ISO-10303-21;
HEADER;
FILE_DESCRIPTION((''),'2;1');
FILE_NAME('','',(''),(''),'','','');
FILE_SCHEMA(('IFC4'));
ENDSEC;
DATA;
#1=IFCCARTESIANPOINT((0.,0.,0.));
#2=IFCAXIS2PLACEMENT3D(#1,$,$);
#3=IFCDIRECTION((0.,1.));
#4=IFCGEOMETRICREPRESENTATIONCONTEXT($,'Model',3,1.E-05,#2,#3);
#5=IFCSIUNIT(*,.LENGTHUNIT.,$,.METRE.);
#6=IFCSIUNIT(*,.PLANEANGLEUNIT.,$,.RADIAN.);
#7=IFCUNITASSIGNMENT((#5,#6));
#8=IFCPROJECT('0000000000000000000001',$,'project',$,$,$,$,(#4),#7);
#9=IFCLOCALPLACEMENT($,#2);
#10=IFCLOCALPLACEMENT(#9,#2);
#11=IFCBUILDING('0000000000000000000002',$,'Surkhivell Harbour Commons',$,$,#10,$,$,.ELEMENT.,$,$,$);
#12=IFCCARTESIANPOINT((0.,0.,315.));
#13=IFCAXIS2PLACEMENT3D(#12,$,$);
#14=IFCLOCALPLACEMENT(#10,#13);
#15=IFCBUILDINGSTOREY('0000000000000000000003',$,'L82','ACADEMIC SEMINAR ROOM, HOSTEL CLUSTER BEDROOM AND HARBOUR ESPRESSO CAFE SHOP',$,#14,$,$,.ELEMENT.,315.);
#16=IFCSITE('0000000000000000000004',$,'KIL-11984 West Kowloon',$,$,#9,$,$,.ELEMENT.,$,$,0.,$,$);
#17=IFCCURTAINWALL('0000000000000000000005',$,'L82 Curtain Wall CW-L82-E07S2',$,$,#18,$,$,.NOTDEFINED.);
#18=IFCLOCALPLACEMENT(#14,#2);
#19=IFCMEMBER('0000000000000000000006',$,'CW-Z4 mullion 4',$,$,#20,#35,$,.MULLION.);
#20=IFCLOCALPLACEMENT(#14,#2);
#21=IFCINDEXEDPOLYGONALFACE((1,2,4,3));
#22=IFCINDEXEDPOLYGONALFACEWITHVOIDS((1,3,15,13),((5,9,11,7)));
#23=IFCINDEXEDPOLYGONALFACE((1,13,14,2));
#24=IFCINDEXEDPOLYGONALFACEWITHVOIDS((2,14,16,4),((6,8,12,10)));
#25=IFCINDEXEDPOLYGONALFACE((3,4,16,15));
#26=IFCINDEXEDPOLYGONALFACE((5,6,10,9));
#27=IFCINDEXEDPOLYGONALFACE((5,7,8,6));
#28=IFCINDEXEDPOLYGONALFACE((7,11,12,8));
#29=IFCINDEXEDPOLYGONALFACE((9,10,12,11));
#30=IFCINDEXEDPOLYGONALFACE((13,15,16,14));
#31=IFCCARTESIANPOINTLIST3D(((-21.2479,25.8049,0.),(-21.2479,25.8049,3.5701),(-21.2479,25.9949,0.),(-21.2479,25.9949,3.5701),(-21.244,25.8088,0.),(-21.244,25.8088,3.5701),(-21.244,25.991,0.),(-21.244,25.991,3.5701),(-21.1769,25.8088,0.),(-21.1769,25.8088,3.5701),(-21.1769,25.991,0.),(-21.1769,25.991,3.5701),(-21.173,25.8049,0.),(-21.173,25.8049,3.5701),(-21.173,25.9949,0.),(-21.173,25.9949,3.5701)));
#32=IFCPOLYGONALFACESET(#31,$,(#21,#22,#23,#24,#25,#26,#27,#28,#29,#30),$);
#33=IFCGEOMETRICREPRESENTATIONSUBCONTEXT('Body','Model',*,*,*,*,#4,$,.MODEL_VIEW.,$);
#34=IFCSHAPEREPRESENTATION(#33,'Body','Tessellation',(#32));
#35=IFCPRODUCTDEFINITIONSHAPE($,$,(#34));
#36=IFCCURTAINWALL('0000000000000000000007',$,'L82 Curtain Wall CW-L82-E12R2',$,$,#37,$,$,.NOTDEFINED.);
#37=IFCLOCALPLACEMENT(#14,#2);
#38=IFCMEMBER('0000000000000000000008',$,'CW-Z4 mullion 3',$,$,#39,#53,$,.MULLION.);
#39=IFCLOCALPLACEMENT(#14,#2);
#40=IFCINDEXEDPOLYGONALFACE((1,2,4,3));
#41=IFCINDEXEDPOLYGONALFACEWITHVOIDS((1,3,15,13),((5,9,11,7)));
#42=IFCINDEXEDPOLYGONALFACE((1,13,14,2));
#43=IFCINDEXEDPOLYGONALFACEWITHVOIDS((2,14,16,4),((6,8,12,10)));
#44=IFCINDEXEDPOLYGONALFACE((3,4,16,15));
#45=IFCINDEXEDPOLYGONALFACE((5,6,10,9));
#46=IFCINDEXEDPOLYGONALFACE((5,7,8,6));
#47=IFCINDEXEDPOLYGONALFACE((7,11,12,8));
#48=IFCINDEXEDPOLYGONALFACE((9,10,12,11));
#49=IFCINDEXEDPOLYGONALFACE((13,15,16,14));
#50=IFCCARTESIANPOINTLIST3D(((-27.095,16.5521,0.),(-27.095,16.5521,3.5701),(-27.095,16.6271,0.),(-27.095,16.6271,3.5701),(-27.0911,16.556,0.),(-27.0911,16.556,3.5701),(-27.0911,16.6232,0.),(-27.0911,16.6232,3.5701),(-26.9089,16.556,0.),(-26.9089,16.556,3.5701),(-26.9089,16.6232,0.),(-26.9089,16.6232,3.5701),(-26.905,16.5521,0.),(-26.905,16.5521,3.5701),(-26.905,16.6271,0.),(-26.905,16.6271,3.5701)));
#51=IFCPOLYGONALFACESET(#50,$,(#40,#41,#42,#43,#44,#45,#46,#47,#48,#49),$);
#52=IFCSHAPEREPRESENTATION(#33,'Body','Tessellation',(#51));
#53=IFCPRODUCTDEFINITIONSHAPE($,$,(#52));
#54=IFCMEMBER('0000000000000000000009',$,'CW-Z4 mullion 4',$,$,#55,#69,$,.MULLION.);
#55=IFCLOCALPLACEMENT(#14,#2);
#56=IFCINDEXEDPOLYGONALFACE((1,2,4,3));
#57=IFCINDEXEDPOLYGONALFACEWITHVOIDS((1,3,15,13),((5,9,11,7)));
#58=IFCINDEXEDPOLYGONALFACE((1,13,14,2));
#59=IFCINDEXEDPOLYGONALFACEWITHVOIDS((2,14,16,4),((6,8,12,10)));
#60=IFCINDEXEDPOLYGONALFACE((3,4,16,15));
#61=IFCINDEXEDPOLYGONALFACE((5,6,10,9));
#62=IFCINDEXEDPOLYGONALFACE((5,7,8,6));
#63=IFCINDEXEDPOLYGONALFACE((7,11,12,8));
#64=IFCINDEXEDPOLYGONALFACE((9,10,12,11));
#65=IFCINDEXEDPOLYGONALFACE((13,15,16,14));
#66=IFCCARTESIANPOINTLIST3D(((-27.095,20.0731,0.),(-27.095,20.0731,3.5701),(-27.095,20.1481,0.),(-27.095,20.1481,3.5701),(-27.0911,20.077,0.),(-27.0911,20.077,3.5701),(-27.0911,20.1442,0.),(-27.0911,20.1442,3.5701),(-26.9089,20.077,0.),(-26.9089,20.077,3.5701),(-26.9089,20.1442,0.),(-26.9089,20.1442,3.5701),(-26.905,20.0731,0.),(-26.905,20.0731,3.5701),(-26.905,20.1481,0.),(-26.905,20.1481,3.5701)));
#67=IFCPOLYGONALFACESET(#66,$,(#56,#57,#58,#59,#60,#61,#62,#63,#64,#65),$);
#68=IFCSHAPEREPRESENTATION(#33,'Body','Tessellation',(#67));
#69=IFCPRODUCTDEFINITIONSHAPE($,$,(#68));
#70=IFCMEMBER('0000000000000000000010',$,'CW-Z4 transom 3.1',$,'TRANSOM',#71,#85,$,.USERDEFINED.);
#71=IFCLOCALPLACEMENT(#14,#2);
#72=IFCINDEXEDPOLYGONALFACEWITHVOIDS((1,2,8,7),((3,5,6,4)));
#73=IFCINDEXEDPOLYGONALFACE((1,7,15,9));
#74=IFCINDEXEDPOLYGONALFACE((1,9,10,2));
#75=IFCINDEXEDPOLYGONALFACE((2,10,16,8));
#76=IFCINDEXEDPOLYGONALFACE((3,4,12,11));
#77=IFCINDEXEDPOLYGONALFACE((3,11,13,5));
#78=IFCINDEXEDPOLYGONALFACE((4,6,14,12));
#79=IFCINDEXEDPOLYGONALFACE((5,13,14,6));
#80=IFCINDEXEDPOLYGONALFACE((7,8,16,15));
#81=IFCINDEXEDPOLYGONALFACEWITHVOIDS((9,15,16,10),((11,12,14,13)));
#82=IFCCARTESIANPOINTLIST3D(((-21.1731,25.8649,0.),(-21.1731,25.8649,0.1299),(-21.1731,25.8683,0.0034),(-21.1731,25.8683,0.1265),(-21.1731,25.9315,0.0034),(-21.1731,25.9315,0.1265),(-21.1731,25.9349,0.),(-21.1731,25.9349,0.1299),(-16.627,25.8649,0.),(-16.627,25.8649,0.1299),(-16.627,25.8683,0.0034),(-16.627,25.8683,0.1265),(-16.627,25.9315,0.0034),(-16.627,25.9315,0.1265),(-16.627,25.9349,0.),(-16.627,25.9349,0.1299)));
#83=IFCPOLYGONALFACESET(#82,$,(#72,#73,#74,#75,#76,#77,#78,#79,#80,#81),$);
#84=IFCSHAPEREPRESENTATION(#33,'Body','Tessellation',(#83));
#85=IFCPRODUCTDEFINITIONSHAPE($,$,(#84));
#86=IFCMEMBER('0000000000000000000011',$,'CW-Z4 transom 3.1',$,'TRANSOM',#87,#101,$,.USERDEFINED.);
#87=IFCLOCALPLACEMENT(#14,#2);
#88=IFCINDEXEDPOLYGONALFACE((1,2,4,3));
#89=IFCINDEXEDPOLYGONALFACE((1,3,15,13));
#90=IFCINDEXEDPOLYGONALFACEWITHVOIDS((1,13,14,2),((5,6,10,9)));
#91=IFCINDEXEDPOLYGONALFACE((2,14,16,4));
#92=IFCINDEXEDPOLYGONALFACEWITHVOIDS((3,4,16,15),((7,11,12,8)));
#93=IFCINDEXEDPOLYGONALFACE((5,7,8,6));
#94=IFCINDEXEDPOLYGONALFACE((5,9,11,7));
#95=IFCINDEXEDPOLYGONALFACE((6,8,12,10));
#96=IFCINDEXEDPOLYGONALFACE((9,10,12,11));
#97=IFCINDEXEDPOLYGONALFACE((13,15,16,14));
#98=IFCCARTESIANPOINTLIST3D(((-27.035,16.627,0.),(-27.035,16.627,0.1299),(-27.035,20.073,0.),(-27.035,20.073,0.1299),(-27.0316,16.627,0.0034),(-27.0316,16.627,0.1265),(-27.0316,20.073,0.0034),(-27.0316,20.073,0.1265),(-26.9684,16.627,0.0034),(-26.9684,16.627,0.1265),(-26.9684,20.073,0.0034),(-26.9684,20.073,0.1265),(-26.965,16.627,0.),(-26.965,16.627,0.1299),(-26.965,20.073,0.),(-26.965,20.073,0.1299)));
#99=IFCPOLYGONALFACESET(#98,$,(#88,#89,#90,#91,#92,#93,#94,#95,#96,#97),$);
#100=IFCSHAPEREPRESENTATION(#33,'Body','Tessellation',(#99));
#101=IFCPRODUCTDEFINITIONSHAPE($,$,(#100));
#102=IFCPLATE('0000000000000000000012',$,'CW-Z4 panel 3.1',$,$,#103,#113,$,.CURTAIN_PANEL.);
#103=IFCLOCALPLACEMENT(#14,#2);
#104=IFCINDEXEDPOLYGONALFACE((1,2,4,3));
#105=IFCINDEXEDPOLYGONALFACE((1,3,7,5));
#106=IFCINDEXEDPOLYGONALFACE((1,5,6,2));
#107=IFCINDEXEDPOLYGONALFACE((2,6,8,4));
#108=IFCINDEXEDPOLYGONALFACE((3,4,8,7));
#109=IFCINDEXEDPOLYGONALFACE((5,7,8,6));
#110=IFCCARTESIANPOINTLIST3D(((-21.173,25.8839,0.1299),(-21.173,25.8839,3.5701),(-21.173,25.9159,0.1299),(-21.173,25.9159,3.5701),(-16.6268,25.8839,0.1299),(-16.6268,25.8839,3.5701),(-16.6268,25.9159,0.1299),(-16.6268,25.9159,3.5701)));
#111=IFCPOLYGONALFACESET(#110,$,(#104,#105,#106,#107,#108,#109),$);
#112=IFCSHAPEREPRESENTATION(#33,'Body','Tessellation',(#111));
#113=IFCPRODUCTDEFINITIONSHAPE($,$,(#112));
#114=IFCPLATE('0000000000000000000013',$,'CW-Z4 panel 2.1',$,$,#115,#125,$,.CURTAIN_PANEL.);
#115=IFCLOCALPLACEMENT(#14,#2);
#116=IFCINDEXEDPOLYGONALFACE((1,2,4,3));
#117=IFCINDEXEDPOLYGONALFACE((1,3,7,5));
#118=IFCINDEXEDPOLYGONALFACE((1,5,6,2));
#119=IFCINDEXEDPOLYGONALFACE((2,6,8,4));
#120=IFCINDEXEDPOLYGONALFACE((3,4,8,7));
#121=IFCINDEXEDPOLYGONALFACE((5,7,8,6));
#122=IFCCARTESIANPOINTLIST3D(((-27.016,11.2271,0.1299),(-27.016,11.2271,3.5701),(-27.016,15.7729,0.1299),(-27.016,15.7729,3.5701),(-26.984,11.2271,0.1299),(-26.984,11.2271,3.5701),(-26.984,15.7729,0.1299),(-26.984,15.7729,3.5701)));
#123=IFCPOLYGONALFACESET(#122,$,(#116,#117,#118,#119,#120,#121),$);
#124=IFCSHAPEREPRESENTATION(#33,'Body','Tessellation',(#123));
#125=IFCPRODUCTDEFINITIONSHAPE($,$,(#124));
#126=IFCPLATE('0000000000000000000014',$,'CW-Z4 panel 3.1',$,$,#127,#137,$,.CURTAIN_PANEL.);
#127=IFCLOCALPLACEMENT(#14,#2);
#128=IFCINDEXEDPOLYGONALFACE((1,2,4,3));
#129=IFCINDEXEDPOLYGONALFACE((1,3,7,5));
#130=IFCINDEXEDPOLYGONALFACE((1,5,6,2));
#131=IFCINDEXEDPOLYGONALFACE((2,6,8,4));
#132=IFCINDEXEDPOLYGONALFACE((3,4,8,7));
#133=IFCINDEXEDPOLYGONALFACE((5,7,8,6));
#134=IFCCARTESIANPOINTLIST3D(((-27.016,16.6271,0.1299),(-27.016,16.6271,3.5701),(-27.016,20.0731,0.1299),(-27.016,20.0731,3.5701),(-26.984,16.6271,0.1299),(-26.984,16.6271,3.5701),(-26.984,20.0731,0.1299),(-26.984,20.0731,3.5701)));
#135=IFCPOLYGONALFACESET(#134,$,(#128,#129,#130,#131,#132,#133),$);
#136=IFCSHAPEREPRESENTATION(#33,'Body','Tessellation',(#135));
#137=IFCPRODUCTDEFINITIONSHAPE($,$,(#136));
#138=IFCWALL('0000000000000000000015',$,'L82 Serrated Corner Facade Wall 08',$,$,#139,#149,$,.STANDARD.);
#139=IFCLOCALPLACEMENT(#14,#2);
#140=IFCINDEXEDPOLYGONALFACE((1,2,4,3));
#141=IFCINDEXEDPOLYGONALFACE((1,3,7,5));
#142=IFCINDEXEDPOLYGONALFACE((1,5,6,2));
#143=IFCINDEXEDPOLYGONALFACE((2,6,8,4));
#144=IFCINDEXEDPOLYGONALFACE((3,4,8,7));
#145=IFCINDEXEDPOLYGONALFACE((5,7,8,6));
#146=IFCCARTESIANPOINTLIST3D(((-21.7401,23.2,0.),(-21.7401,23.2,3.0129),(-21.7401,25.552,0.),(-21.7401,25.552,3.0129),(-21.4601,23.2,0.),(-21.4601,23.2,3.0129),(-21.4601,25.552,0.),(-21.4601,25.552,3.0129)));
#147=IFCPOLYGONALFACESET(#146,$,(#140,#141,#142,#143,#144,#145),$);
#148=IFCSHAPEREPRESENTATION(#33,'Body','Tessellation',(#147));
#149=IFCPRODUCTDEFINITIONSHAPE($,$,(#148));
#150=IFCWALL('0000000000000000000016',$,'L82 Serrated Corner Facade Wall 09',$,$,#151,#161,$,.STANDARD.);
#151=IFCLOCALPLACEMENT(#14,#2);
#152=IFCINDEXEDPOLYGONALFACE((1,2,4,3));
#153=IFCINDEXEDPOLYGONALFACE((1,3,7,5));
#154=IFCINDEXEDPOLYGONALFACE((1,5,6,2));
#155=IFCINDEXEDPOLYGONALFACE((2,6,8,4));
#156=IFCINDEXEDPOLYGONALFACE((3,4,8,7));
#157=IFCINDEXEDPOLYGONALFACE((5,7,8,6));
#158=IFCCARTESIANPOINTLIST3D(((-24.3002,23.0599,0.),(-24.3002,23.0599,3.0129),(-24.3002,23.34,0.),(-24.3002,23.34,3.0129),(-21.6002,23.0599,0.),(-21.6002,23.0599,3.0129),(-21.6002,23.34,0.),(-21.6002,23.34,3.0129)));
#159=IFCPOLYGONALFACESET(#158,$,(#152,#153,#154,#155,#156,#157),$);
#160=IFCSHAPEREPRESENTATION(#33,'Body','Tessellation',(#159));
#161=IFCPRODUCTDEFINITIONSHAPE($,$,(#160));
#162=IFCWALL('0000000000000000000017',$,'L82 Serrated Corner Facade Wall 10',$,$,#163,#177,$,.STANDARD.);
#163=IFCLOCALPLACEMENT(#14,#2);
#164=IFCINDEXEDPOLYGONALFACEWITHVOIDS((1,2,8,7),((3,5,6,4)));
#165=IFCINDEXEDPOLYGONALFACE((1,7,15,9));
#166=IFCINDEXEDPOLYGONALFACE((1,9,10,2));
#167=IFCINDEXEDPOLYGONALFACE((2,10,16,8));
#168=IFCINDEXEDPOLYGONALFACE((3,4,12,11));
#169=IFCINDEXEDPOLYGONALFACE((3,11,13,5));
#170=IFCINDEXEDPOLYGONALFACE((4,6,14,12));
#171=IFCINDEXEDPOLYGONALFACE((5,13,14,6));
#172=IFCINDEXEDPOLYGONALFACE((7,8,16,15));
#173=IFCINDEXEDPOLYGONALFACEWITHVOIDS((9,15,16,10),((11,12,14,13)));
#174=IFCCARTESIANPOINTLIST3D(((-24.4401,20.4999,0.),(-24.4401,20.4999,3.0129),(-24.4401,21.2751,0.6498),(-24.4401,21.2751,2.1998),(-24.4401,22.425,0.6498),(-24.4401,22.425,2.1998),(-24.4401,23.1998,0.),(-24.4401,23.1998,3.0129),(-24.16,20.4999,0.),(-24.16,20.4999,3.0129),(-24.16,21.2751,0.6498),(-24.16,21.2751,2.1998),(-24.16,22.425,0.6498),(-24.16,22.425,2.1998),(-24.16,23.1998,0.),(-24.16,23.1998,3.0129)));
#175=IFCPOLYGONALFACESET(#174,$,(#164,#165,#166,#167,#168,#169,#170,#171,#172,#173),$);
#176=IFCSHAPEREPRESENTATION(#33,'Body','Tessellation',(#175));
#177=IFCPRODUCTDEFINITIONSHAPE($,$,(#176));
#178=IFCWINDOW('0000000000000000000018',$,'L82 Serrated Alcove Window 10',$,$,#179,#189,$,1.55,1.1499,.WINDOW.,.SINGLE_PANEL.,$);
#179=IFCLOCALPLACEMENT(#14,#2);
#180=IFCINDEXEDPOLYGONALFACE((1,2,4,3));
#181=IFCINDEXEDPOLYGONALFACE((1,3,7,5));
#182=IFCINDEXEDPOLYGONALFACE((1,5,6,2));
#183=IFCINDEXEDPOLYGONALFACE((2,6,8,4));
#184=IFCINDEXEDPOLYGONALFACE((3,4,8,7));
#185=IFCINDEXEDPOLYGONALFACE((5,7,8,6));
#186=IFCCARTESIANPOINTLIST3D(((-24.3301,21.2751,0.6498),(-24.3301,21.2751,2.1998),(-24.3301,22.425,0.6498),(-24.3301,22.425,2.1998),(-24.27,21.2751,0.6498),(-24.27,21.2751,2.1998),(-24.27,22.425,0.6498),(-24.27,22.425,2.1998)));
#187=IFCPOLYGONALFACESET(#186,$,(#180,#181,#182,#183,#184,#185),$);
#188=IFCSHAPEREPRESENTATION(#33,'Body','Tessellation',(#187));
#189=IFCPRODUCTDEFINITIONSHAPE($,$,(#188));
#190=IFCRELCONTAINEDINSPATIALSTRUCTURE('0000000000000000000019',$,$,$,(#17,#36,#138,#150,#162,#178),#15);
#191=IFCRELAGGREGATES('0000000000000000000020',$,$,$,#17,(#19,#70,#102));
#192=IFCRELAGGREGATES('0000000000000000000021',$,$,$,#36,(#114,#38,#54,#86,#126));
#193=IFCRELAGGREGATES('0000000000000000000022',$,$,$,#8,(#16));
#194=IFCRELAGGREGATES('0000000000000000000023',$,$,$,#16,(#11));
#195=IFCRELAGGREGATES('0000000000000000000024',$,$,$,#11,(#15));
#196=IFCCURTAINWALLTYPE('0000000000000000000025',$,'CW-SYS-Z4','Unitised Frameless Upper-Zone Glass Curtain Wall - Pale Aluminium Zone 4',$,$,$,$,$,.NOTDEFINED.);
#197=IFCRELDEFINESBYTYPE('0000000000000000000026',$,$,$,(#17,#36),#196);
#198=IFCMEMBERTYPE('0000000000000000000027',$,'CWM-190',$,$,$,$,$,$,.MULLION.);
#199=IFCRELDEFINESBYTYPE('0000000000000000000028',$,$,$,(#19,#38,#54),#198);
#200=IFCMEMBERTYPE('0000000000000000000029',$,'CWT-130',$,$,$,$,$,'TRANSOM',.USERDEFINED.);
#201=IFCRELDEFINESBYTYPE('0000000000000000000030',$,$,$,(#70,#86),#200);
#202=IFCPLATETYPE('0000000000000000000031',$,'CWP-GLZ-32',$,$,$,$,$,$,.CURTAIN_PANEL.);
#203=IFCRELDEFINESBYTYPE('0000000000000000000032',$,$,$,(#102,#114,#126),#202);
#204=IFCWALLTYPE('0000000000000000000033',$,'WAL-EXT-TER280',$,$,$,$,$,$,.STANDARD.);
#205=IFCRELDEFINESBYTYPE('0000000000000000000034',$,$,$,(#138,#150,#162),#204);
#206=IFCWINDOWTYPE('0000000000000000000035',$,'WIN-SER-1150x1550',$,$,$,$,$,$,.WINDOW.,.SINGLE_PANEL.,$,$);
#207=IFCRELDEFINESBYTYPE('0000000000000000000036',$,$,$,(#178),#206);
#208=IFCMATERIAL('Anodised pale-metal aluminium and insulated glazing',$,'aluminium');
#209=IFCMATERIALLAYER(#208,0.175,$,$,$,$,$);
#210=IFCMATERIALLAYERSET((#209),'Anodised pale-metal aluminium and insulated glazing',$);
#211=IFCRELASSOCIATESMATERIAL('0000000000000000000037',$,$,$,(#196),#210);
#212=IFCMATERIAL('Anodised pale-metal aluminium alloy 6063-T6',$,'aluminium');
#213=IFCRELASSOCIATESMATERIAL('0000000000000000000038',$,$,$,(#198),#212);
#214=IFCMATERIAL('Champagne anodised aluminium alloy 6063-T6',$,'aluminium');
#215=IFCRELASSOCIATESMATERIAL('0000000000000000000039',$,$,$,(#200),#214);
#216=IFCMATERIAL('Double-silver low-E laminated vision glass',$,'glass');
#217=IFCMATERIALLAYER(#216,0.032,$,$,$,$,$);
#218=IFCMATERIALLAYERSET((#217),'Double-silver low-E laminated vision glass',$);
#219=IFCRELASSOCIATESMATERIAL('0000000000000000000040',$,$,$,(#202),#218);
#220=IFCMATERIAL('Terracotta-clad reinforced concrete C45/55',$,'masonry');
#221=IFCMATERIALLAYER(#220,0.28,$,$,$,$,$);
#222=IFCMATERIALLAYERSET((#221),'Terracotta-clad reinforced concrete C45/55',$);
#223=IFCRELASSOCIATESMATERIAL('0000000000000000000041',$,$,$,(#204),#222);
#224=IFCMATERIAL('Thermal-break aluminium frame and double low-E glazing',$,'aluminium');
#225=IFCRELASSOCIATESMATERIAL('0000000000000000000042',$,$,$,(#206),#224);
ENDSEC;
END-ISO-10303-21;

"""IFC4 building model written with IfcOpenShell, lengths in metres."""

from ifc_helpers import new_model, si_unit, direction, frame, frame_2d, origin, origin_2d, place, context, subcontext, project, spatial, rectangle, hollow_rectangle, extrude, material, layer, layer_set, material_profile, profile_set, type_object, element, fill, aggregate, save


model = new_model("IFC4")

# Units and contexts
model_context = context("Model", 3, precision=1e-05, world=origin(), true_north=direction((0.0, 1.0)))
body_context = subcontext(model_context, "Body", "Model", "MODEL_VIEW")
ifc_project = project(units=[si_unit("LENGTHUNIT", "METRE"), si_unit("PLANEANGLEUNIT", "RADIAN")], contexts=[model_context])

# Site, building, storey
site_placement = place(None, origin())
site = spatial("IfcSite", under=ifc_project, at=site_placement, Name="KIL-11984 West Kowloon", CompositionType="ELEMENT", RefElevation=0.0)
building_placement = place(site_placement, origin())
building = spatial("IfcBuilding", under=site, at=building_placement, Name="Surkhivell Harbour Commons", CompositionType="ELEMENT")
storey_placement = place(building_placement, frame((0.0, 0.0, 315.0)))
storey = spatial("IfcBuildingStorey", under=building, at=storey_placement, Name="L82", Description="ACADEMIC SEMINAR ROOM, HOSTEL CLUSTER BEDROOM AND HARBOUR ESPRESSO CAFE SHOP", CompositionType="ELEMENT", Elevation=315.0)

# Curtain walls, members
ifc_material_1 = material(Name="Anodised pale-metal aluminium and insulated glazing", Category="aluminium")
ifc_layer_1 = layer(ifc_material_1, 0.175)
ifc_layer_set_1 = layer_set([ifc_layer_1], Name="Anodised pale-metal aluminium and insulated glazing")
curtain_wall_type = type_object("IfcCurtainWallType", Name="CW-SYS-Z4", Description="Unitised Frameless Upper-Zone Glass Curtain Wall - Pale Aluminium Zone 4", PredefinedType="NOTDEFINED", material=ifc_layer_set_1)
curtain_wall_1_placement = place(storey_placement, origin())
curtain_wall_1 = element("IfcCurtainWall", 1, at=curtain_wall_1_placement, inside=storey, type_object=curtain_wall_type, Name="L82 Curtain Wall CW-L82-E07S2", PredefinedType="NOTDEFINED")
ifc_material_2 = material(Name="Anodised pale-metal aluminium alloy 6063-T6", Category="aluminium")
ifc_material_profile_1 = material_profile(ifc_material_2, hollow_rectangle(XDim=0.075, YDim=0.1899, WallThickness=0.0039, at=origin_2d()), Name="ALU-MULL-75x190")
ifc_profile_set_1 = profile_set([ifc_material_profile_1], Name="Anodised pale-metal aluminium alloy 6063-T6")
member_type_1 = type_object("IfcMemberType", Name="CWM-190", PredefinedType="MULLION", material=ifc_profile_set_1)
member_1_placement = place(storey_placement, frame((-21.2104, 25.8999, 0.0), z_axis=(0.0, 0.0, 1.0), x_axis=(-1.0, 0.0, 0.0)))
member_1 = element("IfcMember", 2, at=member_1_placement, type_object=member_type_1, Name="CW-Z4 mullion 4", PredefinedType="MULLION", context=body_context, shape_type="SweptSolid", body=[
    extrude(hollow_rectangle(XDim=0.075, YDim=0.1899, WallThickness=0.0039, at=origin_2d()), origin(), (0.0, 0.0, 1.0), 3.5701),
])
curtain_wall_2_placement = place(storey_placement, origin())
curtain_wall_2 = element("IfcCurtainWall", 3, at=curtain_wall_2_placement, inside=storey, type_object=curtain_wall_type, Name="L82 Curtain Wall CW-L82-E12R2", PredefinedType="NOTDEFINED")
member_2_placement = place(storey_placement, frame((-27.0, 16.5896, 0.0), z_axis=(0.0, 0.0, 1.0), x_axis=(0.0, 1.0, 0.0)))
member_2 = element("IfcMember", 4, at=member_2_placement, type_object=member_type_1, Name="CW-Z4 mullion 3", PredefinedType="MULLION", context=body_context, shape_type="SweptSolid", body=[
    extrude(hollow_rectangle(XDim=0.075, YDim=0.1899, WallThickness=0.0039, at=origin_2d()), origin(), (0.0, 0.0, 1.0), 3.5701),
])
member_3_placement = place(storey_placement, frame((-27.0, 20.1106, 0.0), z_axis=(0.0, 0.0, 1.0), x_axis=(0.0, 1.0, 0.0)))
member_3 = element("IfcMember", 5, at=member_3_placement, type_object=member_type_1, Name="CW-Z4 mullion 4", PredefinedType="MULLION", context=body_context, shape_type="SweptSolid", body=[
    extrude(hollow_rectangle(XDim=0.075, YDim=0.1899, WallThickness=0.0039, at=origin_2d()), origin(), (0.0, 0.0, 1.0), 3.5701),
])

# Members
ifc_material_3 = material(Name="Champagne anodised aluminium alloy 6063-T6", Category="aluminium")
ifc_material_profile_2 = material_profile(ifc_material_3, hollow_rectangle(XDim=0.0701, YDim=0.1299, WallThickness=0.0034, at=origin_2d()), Name="ALU-TRAN-70x130")
ifc_profile_set_2 = profile_set([ifc_material_profile_2], Name="Champagne anodised aluminium alloy 6063-T6")
member_type_2 = type_object("IfcMemberType", Name="CWT-130", ElementType="TRANSOM", PredefinedType="USERDEFINED", material=ifc_profile_set_2)
member_4_placement = place(storey_placement, frame((-16.627, 25.8999, 0.0649), z_axis=(-1.0, 0.0, 0.0), x_axis=(0.0, -1.0, 0.0)))
member_4 = element("IfcMember", 6, at=member_4_placement, type_object=member_type_2, Name="CW-Z4 transom 3.1", ObjectType="TRANSOM", PredefinedType="USERDEFINED", context=body_context, shape_type="SweptSolid", body=[
    extrude(hollow_rectangle(XDim=0.0701, YDim=0.1299, WallThickness=0.0034, at=origin_2d()), origin(), (0.0, 0.0, 1.0), 4.5461),
])
member_5_placement = place(storey_placement, frame((-27.0, 16.627, 0.0649), z_axis=(0.0, 1.0, 0.0), x_axis=(-1.0, 0.0, 0.0)))
member_5 = element("IfcMember", 7, at=member_5_placement, type_object=member_type_2, Name="CW-Z4 transom 3.1", ObjectType="TRANSOM", PredefinedType="USERDEFINED", context=body_context, shape_type="SweptSolid", body=[
    extrude(hollow_rectangle(XDim=0.0701, YDim=0.1299, WallThickness=0.0034, at=origin_2d()), origin(), (0.0, 0.0, 1.0), 3.446),
])

# Plates
ifc_material_4 = material(Name="Double-silver low-E laminated vision glass", Category="glass")
ifc_layer_2 = layer(ifc_material_4, 0.032)
ifc_layer_set_2 = layer_set([ifc_layer_2], Name="Double-silver low-E laminated vision glass")
plate_type = type_object("IfcPlateType", Name="CWP-GLZ-32", PredefinedType="CURTAIN_PANEL", material=ifc_layer_set_2)
plate_1_placement = place(storey_placement, frame((-16.627, 25.8999, 0.1299), z_axis=(0.0, 0.0, 1.0), x_axis=(-1.0, 0.0, 0.0)))
plate_1 = element("IfcPlate", 8, at=plate_1_placement, type_object=plate_type, Name="CW-Z4 panel 3.1", PredefinedType="CURTAIN_PANEL", context=body_context, shape_type="SweptSolid", body=[
    extrude(rectangle(XDim=4.5461, YDim=0.032, at=frame_2d((2.2729, 0.0))), origin(), (0.0, 0.0, 1.0), 3.4402),
])
aggregate(curtain_wall_1, [member_1, member_4, plate_1])
plate_2_placement = place(storey_placement, frame((-27.0, 11.2271, 0.1299), z_axis=(0.0, 0.0, 1.0), x_axis=(0.0, 1.0, 0.0)))
plate_2 = element("IfcPlate", 9, at=plate_2_placement, type_object=plate_type, Name="CW-Z4 panel 2.1", PredefinedType="CURTAIN_PANEL", context=body_context, shape_type="SweptSolid", body=[
    extrude(rectangle(XDim=4.5459, YDim=0.032, at=frame_2d((2.2729, 0.0))), origin(), (0.0, 0.0, 1.0), 3.4402),
])
plate_3_placement = place(storey_placement, frame((-27.0, 16.627, 0.1299), z_axis=(0.0, 0.0, 1.0), x_axis=(0.0, 1.0, 0.0)))
plate_3 = element("IfcPlate", 10, at=plate_3_placement, type_object=plate_type, Name="CW-Z4 panel 3.1", PredefinedType="CURTAIN_PANEL", context=body_context, shape_type="SweptSolid", body=[
    extrude(rectangle(XDim=3.446, YDim=0.032, at=frame_2d((1.7231, 0.0))), origin(), (0.0, 0.0, 1.0), 3.4402),
])
aggregate(curtain_wall_2, [plate_2, member_2, member_3, member_5, plate_3])

# Walls
ifc_material_5 = material(Name="Terracotta-clad reinforced concrete C45/55", Category="masonry")
ifc_layer_3 = layer(ifc_material_5, 0.28)
ifc_layer_set_3 = layer_set([ifc_layer_3], Name="Terracotta-clad reinforced concrete C45/55")
wall_type = type_object("IfcWallType", Name="WAL-EXT-TER280", PredefinedType="STANDARD", material=ifc_layer_set_3)
wall_1_placement = place(storey_placement, frame((-21.6001, 25.552, 0.0), z_axis=(0.0, 0.0, 1.0), x_axis=(0.0, -1.0, 0.0)))
element("IfcWall", 11, at=wall_1_placement, inside=storey, type_object=wall_type, Name="L82 Serrated Corner Facade Wall 08", PredefinedType="STANDARD", context=body_context, shape_type="SweptSolid", body=[
    extrude(rectangle(XDim=2.3521, YDim=0.28, at=frame_2d((1.176, 0.0))), origin(), (0.0, 0.0, 1.0), 3.0129),
])
wall_2_placement = place(storey_placement, frame((-21.6001, 23.2, 0.0), z_axis=(0.0, 0.0, 1.0), x_axis=(-1.0, 0.0, 0.0)))
element("IfcWall", 12, at=wall_2_placement, inside=storey, type_object=wall_type, Name="L82 Serrated Corner Facade Wall 09", PredefinedType="STANDARD", context=body_context, shape_type="SweptSolid", body=[
    extrude(rectangle(XDim=2.7, YDim=0.28, at=frame_2d((1.3501, 0.0))), origin(), (0.0, 0.0, 1.0), 3.0129),
])

# Wall, opening, window
wall_3_placement = place(storey_placement, frame((-24.3, 23.2, 0.0), z_axis=(0.0, 0.0, 1.0), x_axis=(0.0, -1.0, 0.0)))
wall_3 = element("IfcWall", 13, at=wall_3_placement, inside=storey, type_object=wall_type, Name="L82 Serrated Corner Facade Wall 10", PredefinedType="STANDARD", context=body_context, shape_type="SweptSolid", body=[
    extrude(rectangle(XDim=2.7, YDim=0.28, at=frame_2d((1.3501, 0.0))), origin(), (0.0, 0.0, 1.0), 3.0129),
])
opening_placement = place(wall_3_placement, frame((0.7749, 0.0, 0.6499)))
opening = element("IfcOpeningElement", 14, at=opening_placement, cuts=wall_3, PredefinedType="OPENING", context=body_context, shape_type="SweptSolid", body=[
    extrude(rectangle(XDim=1.1499, YDim=1.55, at=frame_2d((0.575, 0.7749))), frame((0.0, 0.1499, 0.0), z_axis=(0.0, -1.0, 0.0), x_axis=(1.0, 0.0, 0.0)), (0.0, 0.0, 1.0), 0.3),
])
ifc_material_6 = material(Name="Thermal-break aluminium frame and double low-E glazing", Category="aluminium")
window_type = type_object("IfcWindowType", Name="WIN-SER-1150x1550", PartitioningType="SINGLE_PANEL", PredefinedType="WINDOW", material=ifc_material_6)
window_placement = place(opening_placement, origin())
window = element("IfcWindow", 15, at=window_placement, inside=storey, type_object=window_type, Name="L82 Serrated Alcove Window 10", OverallHeight=1.55, OverallWidth=1.1499, PartitioningType="SINGLE_PANEL", PredefinedType="WINDOW", context=body_context, shape_type="SweptSolid", body=[
    extrude(rectangle(XDim=1.1499, YDim=1.55, at=frame_2d((0.575, 0.7749))), frame((0.0, 0.03, 0.0), z_axis=(0.0, -1.0, 0.0), x_axis=(1.0, 0.0, 0.0)), (0.0, 0.0, 1.0), 0.0601),
])
fill(opening, window)

save(model, "model.ifc")
